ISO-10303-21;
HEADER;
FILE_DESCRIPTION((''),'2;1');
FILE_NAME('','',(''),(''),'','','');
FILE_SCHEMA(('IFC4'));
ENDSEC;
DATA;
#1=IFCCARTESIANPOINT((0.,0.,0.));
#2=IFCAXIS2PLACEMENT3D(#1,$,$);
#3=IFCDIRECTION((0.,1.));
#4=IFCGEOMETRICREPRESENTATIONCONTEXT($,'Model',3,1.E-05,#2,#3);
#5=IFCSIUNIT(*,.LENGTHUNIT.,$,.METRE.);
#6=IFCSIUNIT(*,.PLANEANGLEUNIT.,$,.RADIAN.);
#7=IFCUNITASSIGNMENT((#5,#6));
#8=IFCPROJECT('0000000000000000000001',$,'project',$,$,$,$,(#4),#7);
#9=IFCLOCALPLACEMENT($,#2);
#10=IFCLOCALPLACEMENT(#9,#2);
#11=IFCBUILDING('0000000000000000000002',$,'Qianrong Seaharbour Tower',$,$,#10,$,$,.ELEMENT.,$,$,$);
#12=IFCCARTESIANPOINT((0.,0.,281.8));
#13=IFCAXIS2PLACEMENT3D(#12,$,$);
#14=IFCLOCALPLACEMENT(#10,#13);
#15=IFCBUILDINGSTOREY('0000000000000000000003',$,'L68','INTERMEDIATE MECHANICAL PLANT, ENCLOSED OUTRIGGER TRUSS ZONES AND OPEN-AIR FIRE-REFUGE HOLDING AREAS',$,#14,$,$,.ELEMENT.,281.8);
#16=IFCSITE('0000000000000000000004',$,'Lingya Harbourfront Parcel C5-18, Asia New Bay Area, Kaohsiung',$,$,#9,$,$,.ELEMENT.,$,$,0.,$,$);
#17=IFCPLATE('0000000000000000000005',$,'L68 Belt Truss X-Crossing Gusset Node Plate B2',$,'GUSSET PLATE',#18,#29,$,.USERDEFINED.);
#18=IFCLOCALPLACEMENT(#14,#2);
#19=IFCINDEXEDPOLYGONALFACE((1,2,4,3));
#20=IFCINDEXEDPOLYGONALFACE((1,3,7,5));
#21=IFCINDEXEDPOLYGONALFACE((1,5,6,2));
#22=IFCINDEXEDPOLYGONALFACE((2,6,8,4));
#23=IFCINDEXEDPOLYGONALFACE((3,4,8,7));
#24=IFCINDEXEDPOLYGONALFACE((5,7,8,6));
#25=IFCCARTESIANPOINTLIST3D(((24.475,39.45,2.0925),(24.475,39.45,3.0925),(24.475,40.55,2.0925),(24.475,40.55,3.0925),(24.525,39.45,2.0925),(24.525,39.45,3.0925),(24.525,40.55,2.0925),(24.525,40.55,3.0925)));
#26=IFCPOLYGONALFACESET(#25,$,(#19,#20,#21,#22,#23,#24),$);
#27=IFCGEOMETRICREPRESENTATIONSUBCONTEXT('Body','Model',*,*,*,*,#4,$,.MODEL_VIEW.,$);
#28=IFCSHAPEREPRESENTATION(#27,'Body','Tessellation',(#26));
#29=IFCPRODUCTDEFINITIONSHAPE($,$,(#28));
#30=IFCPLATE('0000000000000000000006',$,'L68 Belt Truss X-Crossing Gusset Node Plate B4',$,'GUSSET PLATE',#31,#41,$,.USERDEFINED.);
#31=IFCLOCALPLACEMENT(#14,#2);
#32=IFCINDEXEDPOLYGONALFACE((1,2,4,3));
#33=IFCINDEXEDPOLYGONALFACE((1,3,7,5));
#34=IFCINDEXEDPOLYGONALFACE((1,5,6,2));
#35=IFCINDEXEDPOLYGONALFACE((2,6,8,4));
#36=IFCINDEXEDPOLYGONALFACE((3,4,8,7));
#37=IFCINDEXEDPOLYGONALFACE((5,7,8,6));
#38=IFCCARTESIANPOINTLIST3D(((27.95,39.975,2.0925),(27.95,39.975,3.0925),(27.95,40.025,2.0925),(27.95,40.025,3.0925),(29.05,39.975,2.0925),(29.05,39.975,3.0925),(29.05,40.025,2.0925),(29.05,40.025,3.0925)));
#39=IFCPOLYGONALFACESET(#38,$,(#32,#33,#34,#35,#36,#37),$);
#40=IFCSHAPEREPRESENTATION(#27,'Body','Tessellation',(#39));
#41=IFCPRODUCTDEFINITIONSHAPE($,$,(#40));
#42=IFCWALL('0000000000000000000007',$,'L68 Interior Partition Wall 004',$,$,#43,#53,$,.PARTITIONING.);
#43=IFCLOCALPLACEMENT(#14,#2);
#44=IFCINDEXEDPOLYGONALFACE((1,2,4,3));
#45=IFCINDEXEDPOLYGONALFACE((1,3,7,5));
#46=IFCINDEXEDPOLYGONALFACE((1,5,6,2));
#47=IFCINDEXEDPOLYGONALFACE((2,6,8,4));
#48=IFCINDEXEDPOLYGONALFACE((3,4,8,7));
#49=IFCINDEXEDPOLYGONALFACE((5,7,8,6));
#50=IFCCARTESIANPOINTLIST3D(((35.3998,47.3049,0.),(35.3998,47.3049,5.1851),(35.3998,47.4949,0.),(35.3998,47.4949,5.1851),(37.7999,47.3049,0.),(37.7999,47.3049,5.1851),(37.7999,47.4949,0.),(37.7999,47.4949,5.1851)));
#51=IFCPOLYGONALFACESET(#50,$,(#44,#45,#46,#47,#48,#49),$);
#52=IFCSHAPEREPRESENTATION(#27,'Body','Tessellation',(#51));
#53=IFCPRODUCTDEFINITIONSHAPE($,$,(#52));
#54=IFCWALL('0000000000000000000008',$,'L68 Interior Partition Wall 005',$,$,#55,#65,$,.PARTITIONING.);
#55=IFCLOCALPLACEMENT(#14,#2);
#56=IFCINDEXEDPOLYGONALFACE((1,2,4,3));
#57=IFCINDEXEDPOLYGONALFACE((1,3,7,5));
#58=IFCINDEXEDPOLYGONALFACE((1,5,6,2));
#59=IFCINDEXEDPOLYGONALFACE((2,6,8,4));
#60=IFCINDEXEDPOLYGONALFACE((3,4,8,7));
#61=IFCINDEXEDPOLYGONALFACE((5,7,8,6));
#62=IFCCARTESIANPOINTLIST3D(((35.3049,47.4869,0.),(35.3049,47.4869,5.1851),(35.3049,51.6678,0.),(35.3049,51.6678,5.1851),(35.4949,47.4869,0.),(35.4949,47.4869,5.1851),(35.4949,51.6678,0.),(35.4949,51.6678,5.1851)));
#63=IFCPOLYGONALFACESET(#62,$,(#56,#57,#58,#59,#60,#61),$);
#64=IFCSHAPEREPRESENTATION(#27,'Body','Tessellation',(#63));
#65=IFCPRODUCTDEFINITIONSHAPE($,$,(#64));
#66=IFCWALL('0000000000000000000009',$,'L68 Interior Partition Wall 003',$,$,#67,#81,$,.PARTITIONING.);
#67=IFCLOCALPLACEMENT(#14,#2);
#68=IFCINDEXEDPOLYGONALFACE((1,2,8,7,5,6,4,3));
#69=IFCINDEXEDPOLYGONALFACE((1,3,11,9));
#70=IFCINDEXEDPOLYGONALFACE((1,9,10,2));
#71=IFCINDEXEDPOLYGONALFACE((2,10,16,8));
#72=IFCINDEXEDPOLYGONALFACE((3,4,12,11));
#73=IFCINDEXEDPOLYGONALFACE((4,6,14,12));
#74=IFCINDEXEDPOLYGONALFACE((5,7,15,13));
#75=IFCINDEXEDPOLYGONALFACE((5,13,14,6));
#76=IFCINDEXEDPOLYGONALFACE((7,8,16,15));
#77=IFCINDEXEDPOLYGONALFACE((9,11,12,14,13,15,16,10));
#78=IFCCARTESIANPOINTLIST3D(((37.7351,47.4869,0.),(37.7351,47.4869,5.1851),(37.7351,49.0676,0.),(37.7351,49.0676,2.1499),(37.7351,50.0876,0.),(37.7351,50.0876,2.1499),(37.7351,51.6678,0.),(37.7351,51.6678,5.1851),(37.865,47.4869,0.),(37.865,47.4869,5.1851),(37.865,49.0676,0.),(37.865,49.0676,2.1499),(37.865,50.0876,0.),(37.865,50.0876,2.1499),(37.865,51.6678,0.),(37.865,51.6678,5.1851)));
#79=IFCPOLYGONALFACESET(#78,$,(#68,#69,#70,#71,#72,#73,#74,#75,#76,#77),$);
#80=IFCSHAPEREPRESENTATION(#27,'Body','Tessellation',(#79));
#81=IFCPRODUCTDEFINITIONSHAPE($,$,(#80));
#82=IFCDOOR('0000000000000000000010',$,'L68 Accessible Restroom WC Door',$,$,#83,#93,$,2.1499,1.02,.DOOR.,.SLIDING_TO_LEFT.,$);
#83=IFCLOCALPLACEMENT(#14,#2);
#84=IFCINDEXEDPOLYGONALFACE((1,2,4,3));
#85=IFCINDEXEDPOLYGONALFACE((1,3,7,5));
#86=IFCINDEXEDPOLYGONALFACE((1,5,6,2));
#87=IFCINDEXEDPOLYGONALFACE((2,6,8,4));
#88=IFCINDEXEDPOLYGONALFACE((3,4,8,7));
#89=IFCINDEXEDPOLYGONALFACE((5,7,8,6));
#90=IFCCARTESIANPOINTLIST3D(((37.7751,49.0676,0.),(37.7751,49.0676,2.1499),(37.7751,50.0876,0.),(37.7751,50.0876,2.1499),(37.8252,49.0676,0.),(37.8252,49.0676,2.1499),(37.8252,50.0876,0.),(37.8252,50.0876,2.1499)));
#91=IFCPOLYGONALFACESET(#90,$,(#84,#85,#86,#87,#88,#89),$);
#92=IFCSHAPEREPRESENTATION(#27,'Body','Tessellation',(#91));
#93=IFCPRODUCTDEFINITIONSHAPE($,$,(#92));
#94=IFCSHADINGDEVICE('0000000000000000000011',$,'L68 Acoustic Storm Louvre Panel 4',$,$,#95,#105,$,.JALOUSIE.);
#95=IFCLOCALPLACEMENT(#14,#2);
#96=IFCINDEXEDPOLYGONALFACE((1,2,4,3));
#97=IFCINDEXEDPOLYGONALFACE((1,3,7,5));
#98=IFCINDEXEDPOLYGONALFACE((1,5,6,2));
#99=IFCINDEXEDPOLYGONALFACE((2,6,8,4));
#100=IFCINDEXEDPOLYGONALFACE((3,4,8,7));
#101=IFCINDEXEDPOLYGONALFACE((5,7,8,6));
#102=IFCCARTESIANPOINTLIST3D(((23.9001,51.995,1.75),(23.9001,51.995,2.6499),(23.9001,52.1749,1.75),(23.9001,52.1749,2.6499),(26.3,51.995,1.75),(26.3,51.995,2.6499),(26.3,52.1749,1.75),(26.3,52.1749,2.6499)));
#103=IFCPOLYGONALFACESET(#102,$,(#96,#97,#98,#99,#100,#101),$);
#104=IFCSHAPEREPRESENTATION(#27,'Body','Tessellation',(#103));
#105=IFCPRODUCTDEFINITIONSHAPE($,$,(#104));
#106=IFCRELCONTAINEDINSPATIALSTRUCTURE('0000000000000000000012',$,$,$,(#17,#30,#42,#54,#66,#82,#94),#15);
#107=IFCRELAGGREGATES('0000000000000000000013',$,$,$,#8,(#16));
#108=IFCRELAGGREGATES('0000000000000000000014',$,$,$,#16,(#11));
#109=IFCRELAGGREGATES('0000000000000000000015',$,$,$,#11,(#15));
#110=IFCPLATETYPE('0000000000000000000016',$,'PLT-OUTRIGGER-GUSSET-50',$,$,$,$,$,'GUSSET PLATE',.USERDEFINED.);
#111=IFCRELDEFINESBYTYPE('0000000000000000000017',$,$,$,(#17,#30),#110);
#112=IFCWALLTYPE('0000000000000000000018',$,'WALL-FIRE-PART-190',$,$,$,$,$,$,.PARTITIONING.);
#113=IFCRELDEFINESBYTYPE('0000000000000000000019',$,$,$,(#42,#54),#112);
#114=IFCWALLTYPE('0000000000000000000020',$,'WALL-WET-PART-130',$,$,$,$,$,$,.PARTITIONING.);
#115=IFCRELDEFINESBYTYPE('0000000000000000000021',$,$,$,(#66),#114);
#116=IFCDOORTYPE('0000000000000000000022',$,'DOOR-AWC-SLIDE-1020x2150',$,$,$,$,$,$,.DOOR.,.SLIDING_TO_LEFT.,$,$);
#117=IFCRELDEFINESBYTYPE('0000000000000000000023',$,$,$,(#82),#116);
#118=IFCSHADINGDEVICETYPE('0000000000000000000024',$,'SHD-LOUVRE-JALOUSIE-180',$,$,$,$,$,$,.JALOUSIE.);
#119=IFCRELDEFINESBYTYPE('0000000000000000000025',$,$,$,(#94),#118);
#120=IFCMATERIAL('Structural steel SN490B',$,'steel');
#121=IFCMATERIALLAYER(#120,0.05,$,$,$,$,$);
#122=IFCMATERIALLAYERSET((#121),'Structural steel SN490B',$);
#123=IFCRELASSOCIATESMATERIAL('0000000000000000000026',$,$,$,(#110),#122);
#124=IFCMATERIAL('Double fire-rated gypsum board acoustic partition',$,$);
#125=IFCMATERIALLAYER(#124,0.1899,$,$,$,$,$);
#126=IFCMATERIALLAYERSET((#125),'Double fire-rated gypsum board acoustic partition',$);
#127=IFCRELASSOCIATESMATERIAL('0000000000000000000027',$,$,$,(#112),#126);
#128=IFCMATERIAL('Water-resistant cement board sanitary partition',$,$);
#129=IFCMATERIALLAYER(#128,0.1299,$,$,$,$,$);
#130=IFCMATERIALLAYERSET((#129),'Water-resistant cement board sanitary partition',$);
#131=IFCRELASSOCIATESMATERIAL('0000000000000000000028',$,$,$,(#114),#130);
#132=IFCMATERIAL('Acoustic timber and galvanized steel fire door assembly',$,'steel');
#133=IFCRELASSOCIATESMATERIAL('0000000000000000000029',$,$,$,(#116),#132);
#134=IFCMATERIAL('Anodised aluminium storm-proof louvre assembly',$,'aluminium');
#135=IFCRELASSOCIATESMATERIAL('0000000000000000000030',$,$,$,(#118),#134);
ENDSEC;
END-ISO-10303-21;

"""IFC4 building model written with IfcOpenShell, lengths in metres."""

from ifc_helpers import new_model, si_unit, direction, frame, frame_2d, origin, origin_2d, place, context, subcontext, project, spatial, rectangle, extrude, material, layer, layer_set, type_object, element, fill, save


model = new_model("IFC4")

# Units and contexts
model_context = context("Model", 3, precision=1e-05, world=origin(), true_north=direction((0.0, 1.0)))
body_context = subcontext(model_context, "Body", "Model", "MODEL_VIEW")
ifc_project = project(units=[si_unit("LENGTHUNIT", "METRE"), si_unit("PLANEANGLEUNIT", "RADIAN")], contexts=[model_context])

# Site, building, storey
site_placement = place(None, origin())
site = spatial("IfcSite", under=ifc_project, at=site_placement, Name="Lingya Harbourfront Parcel C5-18, Asia New Bay Area, Kaohsiung", CompositionType="ELEMENT", RefElevation=0.0)
building_placement = place(site_placement, origin())
building = spatial("IfcBuilding", under=site, at=building_placement, Name="Qianrong Seaharbour Tower", CompositionType="ELEMENT")
storey_placement = place(building_placement, frame((0.0, 0.0, 281.8)))
storey = spatial("IfcBuildingStorey", under=building, at=storey_placement, Name="L68", Description="INTERMEDIATE MECHANICAL PLANT, ENCLOSED OUTRIGGER TRUSS ZONES AND OPEN-AIR FIRE-REFUGE HOLDING AREAS", CompositionType="ELEMENT", Elevation=281.8)

# Shared definitions
ifc_material_1 = material(Name="Structural steel SN490B", Category="steel")

# Plates
ifc_layer_1 = layer(ifc_material_1, 0.05)
ifc_layer_set_1 = layer_set([ifc_layer_1], Name="Structural steel SN490B")
plate_type = type_object("IfcPlateType", Name="PLT-OUTRIGGER-GUSSET-50", ElementType="GUSSET PLATE", PredefinedType="USERDEFINED", material=ifc_layer_set_1)
plate_1_placement = place(storey_placement, frame((24.5, 40.0, 2.0925), z_axis=(0.0, 0.0, 1.0), x_axis=(1.0, 0.0, 0.0)))
element("IfcPlate", 1, at=plate_1_placement, inside=storey, type_object=plate_type, Name="L68 Belt Truss X-Crossing Gusset Node Plate B2", ObjectType="GUSSET PLATE", PredefinedType="USERDEFINED", context=body_context, shape_type="SweptSolid", body=[
    extrude(rectangle(XDim=0.05, YDim=1.1001, at=origin_2d()), origin(), (0.0, 0.0, 1.0), 1.0),
])
plate_2_placement = place(storey_placement, frame((28.5, 40.0, 2.0925), z_axis=(0.0, 0.0, 1.0), x_axis=(1.0, 0.0, 0.0)))
element("IfcPlate", 2, at=plate_2_placement, inside=storey, type_object=plate_type, Name="L68 Belt Truss X-Crossing Gusset Node Plate B4", ObjectType="GUSSET PLATE", PredefinedType="USERDEFINED", context=body_context, shape_type="SweptSolid", body=[
    extrude(rectangle(XDim=1.1001, YDim=0.05, at=origin_2d()), origin(), (0.0, 0.0, 1.0), 1.0),
])

# Shared definitions
ifc_material_2 = material(Name="Acoustic timber and galvanized steel fire door assembly", Category="steel")
ifc_material_3 = material(Name="Double fire-rated gypsum board acoustic partition")
ifc_layer_2 = layer(ifc_material_3, 0.1899)
ifc_layer_set_2 = layer_set([ifc_layer_2], Name="Double fire-rated gypsum board acoustic partition")
wall_type_1 = type_object("IfcWallType", Name="WALL-FIRE-PART-190", PredefinedType="PARTITIONING", material=ifc_layer_set_2)

# Walls
wall_1_placement = place(storey_placement, frame((37.8, 47.3999, 0.0), z_axis=(0.0, 0.0, 1.0), x_axis=(-1.0, 0.0, 0.0)))
element("IfcWall", 3, at=wall_1_placement, inside=storey, type_object=wall_type_1, Name="L68 Interior Partition Wall 004", PredefinedType="PARTITIONING", context=body_context, shape_type="SweptSolid", body=[
    extrude(rectangle(XDim=2.4001, YDim=0.1899, at=frame_2d((1.2002, 0.0))), origin(), (0.0, 0.0, 1.0), 5.1851),
])
wall_2_placement = place(storey_placement, frame((35.3999, 47.4871, 0.0), z_axis=(0.0, 0.0, 1.0), x_axis=(0.0, 1.0, 0.0)))
element("IfcWall", 4, at=wall_2_placement, inside=storey, type_object=wall_type_1, Name="L68 Interior Partition Wall 005", PredefinedType="PARTITIONING", context=body_context, shape_type="SweptSolid", body=[
    extrude(rectangle(XDim=4.1809, YDim=0.1899, at=frame_2d((2.0903, 0.0))), origin(), (0.0, 0.0, 1.0), 5.1851),
])

# Wall, opening, door
ifc_material_4 = material(Name="Water-resistant cement board sanitary partition")
ifc_layer_3 = layer(ifc_material_4, 0.1299)
ifc_layer_set_3 = layer_set([ifc_layer_3], Name="Water-resistant cement board sanitary partition")
wall_type_2 = type_object("IfcWallType", Name="WALL-WET-PART-130", PredefinedType="PARTITIONING", material=ifc_layer_set_3)
wall_3_placement = place(storey_placement, frame((37.8, 47.4871, 0.0), z_axis=(0.0, 0.0, 1.0), x_axis=(0.0, 1.0, 0.0)))
wall_3 = element("IfcWall", 5, at=wall_3_placement, inside=storey, type_object=wall_type_2, Name="L68 Interior Partition Wall 003", PredefinedType="PARTITIONING", context=body_context, shape_type="SweptSolid", body=[
    extrude(rectangle(XDim=4.1809, YDim=0.1299, at=frame_2d((2.0903, 0.0))), origin(), (0.0, 0.0, 1.0), 5.1851),
])
opening_1_placement = place(wall_3_placement, frame((1.5806, 0.0, 0.0)))
opening_1 = element("IfcOpeningElement", 6, at=opening_1_placement, cuts=wall_3, PredefinedType="OPENING", context=body_context, shape_type="SweptSolid", body=[
    extrude(rectangle(XDim=1.02, YDim=2.1499, at=frame_2d((0.51, 1.075))), frame((0.0, 0.075, 0.0), z_axis=(0.0, -1.0, 0.0), x_axis=(1.0, 0.0, 0.0)), (0.0, 0.0, 1.0), 0.1499),
])
door_type_1 = type_object("IfcDoorType", Name="DOOR-AWC-SLIDE-1020x2150", OperationType="SLIDING_TO_LEFT", PredefinedType="DOOR", material=ifc_material_2)
door_1_placement = place(opening_1_placement, origin())
door_1 = element("IfcDoor", 7, at=door_1_placement, inside=storey, type_object=door_type_1, Name="L68 Accessible Restroom WC Door", OperationType="SLIDING_TO_LEFT", OverallHeight=2.1499, OverallWidth=1.02, PredefinedType="DOOR", context=body_context, shape_type="SweptSolid", body=[
    extrude(rectangle(XDim=1.02, YDim=2.1499, at=frame_2d((0.51, 1.075))), frame((0.0, 0.0249, 0.0), z_axis=(0.0, -1.0, 0.0), x_axis=(1.0, 0.0, 0.0)), (0.0, 0.0, 1.0), 0.05),
])
fill(opening_1, door_1)

# Shading device
ifc_material_5 = material(Name="Anodised aluminium storm-proof louvre assembly", Category="aluminium")
shading_device_type = type_object("IfcShadingDeviceType", Name="SHD-LOUVRE-JALOUSIE-180", PredefinedType="JALOUSIE", material=ifc_material_5)
shading_device_placement = place(storey_placement, frame((25.1001, 52.085, 1.75), z_axis=(0.0, 0.0, 1.0), x_axis=(1.0, 0.0, 0.0)))
element("IfcShadingDevice", 8, at=shading_device_placement, inside=storey, type_object=shading_device_type, Name="L68 Acoustic Storm Louvre Panel 4", PredefinedType="JALOUSIE", context=body_context, shape_type="SweptSolid", body=[
    extrude(rectangle(XDim=2.3999, YDim=0.1799, at=origin_2d()), origin(), (0.0, 0.0, 1.0), 0.8999),
])

save(model, "model.ifc")
